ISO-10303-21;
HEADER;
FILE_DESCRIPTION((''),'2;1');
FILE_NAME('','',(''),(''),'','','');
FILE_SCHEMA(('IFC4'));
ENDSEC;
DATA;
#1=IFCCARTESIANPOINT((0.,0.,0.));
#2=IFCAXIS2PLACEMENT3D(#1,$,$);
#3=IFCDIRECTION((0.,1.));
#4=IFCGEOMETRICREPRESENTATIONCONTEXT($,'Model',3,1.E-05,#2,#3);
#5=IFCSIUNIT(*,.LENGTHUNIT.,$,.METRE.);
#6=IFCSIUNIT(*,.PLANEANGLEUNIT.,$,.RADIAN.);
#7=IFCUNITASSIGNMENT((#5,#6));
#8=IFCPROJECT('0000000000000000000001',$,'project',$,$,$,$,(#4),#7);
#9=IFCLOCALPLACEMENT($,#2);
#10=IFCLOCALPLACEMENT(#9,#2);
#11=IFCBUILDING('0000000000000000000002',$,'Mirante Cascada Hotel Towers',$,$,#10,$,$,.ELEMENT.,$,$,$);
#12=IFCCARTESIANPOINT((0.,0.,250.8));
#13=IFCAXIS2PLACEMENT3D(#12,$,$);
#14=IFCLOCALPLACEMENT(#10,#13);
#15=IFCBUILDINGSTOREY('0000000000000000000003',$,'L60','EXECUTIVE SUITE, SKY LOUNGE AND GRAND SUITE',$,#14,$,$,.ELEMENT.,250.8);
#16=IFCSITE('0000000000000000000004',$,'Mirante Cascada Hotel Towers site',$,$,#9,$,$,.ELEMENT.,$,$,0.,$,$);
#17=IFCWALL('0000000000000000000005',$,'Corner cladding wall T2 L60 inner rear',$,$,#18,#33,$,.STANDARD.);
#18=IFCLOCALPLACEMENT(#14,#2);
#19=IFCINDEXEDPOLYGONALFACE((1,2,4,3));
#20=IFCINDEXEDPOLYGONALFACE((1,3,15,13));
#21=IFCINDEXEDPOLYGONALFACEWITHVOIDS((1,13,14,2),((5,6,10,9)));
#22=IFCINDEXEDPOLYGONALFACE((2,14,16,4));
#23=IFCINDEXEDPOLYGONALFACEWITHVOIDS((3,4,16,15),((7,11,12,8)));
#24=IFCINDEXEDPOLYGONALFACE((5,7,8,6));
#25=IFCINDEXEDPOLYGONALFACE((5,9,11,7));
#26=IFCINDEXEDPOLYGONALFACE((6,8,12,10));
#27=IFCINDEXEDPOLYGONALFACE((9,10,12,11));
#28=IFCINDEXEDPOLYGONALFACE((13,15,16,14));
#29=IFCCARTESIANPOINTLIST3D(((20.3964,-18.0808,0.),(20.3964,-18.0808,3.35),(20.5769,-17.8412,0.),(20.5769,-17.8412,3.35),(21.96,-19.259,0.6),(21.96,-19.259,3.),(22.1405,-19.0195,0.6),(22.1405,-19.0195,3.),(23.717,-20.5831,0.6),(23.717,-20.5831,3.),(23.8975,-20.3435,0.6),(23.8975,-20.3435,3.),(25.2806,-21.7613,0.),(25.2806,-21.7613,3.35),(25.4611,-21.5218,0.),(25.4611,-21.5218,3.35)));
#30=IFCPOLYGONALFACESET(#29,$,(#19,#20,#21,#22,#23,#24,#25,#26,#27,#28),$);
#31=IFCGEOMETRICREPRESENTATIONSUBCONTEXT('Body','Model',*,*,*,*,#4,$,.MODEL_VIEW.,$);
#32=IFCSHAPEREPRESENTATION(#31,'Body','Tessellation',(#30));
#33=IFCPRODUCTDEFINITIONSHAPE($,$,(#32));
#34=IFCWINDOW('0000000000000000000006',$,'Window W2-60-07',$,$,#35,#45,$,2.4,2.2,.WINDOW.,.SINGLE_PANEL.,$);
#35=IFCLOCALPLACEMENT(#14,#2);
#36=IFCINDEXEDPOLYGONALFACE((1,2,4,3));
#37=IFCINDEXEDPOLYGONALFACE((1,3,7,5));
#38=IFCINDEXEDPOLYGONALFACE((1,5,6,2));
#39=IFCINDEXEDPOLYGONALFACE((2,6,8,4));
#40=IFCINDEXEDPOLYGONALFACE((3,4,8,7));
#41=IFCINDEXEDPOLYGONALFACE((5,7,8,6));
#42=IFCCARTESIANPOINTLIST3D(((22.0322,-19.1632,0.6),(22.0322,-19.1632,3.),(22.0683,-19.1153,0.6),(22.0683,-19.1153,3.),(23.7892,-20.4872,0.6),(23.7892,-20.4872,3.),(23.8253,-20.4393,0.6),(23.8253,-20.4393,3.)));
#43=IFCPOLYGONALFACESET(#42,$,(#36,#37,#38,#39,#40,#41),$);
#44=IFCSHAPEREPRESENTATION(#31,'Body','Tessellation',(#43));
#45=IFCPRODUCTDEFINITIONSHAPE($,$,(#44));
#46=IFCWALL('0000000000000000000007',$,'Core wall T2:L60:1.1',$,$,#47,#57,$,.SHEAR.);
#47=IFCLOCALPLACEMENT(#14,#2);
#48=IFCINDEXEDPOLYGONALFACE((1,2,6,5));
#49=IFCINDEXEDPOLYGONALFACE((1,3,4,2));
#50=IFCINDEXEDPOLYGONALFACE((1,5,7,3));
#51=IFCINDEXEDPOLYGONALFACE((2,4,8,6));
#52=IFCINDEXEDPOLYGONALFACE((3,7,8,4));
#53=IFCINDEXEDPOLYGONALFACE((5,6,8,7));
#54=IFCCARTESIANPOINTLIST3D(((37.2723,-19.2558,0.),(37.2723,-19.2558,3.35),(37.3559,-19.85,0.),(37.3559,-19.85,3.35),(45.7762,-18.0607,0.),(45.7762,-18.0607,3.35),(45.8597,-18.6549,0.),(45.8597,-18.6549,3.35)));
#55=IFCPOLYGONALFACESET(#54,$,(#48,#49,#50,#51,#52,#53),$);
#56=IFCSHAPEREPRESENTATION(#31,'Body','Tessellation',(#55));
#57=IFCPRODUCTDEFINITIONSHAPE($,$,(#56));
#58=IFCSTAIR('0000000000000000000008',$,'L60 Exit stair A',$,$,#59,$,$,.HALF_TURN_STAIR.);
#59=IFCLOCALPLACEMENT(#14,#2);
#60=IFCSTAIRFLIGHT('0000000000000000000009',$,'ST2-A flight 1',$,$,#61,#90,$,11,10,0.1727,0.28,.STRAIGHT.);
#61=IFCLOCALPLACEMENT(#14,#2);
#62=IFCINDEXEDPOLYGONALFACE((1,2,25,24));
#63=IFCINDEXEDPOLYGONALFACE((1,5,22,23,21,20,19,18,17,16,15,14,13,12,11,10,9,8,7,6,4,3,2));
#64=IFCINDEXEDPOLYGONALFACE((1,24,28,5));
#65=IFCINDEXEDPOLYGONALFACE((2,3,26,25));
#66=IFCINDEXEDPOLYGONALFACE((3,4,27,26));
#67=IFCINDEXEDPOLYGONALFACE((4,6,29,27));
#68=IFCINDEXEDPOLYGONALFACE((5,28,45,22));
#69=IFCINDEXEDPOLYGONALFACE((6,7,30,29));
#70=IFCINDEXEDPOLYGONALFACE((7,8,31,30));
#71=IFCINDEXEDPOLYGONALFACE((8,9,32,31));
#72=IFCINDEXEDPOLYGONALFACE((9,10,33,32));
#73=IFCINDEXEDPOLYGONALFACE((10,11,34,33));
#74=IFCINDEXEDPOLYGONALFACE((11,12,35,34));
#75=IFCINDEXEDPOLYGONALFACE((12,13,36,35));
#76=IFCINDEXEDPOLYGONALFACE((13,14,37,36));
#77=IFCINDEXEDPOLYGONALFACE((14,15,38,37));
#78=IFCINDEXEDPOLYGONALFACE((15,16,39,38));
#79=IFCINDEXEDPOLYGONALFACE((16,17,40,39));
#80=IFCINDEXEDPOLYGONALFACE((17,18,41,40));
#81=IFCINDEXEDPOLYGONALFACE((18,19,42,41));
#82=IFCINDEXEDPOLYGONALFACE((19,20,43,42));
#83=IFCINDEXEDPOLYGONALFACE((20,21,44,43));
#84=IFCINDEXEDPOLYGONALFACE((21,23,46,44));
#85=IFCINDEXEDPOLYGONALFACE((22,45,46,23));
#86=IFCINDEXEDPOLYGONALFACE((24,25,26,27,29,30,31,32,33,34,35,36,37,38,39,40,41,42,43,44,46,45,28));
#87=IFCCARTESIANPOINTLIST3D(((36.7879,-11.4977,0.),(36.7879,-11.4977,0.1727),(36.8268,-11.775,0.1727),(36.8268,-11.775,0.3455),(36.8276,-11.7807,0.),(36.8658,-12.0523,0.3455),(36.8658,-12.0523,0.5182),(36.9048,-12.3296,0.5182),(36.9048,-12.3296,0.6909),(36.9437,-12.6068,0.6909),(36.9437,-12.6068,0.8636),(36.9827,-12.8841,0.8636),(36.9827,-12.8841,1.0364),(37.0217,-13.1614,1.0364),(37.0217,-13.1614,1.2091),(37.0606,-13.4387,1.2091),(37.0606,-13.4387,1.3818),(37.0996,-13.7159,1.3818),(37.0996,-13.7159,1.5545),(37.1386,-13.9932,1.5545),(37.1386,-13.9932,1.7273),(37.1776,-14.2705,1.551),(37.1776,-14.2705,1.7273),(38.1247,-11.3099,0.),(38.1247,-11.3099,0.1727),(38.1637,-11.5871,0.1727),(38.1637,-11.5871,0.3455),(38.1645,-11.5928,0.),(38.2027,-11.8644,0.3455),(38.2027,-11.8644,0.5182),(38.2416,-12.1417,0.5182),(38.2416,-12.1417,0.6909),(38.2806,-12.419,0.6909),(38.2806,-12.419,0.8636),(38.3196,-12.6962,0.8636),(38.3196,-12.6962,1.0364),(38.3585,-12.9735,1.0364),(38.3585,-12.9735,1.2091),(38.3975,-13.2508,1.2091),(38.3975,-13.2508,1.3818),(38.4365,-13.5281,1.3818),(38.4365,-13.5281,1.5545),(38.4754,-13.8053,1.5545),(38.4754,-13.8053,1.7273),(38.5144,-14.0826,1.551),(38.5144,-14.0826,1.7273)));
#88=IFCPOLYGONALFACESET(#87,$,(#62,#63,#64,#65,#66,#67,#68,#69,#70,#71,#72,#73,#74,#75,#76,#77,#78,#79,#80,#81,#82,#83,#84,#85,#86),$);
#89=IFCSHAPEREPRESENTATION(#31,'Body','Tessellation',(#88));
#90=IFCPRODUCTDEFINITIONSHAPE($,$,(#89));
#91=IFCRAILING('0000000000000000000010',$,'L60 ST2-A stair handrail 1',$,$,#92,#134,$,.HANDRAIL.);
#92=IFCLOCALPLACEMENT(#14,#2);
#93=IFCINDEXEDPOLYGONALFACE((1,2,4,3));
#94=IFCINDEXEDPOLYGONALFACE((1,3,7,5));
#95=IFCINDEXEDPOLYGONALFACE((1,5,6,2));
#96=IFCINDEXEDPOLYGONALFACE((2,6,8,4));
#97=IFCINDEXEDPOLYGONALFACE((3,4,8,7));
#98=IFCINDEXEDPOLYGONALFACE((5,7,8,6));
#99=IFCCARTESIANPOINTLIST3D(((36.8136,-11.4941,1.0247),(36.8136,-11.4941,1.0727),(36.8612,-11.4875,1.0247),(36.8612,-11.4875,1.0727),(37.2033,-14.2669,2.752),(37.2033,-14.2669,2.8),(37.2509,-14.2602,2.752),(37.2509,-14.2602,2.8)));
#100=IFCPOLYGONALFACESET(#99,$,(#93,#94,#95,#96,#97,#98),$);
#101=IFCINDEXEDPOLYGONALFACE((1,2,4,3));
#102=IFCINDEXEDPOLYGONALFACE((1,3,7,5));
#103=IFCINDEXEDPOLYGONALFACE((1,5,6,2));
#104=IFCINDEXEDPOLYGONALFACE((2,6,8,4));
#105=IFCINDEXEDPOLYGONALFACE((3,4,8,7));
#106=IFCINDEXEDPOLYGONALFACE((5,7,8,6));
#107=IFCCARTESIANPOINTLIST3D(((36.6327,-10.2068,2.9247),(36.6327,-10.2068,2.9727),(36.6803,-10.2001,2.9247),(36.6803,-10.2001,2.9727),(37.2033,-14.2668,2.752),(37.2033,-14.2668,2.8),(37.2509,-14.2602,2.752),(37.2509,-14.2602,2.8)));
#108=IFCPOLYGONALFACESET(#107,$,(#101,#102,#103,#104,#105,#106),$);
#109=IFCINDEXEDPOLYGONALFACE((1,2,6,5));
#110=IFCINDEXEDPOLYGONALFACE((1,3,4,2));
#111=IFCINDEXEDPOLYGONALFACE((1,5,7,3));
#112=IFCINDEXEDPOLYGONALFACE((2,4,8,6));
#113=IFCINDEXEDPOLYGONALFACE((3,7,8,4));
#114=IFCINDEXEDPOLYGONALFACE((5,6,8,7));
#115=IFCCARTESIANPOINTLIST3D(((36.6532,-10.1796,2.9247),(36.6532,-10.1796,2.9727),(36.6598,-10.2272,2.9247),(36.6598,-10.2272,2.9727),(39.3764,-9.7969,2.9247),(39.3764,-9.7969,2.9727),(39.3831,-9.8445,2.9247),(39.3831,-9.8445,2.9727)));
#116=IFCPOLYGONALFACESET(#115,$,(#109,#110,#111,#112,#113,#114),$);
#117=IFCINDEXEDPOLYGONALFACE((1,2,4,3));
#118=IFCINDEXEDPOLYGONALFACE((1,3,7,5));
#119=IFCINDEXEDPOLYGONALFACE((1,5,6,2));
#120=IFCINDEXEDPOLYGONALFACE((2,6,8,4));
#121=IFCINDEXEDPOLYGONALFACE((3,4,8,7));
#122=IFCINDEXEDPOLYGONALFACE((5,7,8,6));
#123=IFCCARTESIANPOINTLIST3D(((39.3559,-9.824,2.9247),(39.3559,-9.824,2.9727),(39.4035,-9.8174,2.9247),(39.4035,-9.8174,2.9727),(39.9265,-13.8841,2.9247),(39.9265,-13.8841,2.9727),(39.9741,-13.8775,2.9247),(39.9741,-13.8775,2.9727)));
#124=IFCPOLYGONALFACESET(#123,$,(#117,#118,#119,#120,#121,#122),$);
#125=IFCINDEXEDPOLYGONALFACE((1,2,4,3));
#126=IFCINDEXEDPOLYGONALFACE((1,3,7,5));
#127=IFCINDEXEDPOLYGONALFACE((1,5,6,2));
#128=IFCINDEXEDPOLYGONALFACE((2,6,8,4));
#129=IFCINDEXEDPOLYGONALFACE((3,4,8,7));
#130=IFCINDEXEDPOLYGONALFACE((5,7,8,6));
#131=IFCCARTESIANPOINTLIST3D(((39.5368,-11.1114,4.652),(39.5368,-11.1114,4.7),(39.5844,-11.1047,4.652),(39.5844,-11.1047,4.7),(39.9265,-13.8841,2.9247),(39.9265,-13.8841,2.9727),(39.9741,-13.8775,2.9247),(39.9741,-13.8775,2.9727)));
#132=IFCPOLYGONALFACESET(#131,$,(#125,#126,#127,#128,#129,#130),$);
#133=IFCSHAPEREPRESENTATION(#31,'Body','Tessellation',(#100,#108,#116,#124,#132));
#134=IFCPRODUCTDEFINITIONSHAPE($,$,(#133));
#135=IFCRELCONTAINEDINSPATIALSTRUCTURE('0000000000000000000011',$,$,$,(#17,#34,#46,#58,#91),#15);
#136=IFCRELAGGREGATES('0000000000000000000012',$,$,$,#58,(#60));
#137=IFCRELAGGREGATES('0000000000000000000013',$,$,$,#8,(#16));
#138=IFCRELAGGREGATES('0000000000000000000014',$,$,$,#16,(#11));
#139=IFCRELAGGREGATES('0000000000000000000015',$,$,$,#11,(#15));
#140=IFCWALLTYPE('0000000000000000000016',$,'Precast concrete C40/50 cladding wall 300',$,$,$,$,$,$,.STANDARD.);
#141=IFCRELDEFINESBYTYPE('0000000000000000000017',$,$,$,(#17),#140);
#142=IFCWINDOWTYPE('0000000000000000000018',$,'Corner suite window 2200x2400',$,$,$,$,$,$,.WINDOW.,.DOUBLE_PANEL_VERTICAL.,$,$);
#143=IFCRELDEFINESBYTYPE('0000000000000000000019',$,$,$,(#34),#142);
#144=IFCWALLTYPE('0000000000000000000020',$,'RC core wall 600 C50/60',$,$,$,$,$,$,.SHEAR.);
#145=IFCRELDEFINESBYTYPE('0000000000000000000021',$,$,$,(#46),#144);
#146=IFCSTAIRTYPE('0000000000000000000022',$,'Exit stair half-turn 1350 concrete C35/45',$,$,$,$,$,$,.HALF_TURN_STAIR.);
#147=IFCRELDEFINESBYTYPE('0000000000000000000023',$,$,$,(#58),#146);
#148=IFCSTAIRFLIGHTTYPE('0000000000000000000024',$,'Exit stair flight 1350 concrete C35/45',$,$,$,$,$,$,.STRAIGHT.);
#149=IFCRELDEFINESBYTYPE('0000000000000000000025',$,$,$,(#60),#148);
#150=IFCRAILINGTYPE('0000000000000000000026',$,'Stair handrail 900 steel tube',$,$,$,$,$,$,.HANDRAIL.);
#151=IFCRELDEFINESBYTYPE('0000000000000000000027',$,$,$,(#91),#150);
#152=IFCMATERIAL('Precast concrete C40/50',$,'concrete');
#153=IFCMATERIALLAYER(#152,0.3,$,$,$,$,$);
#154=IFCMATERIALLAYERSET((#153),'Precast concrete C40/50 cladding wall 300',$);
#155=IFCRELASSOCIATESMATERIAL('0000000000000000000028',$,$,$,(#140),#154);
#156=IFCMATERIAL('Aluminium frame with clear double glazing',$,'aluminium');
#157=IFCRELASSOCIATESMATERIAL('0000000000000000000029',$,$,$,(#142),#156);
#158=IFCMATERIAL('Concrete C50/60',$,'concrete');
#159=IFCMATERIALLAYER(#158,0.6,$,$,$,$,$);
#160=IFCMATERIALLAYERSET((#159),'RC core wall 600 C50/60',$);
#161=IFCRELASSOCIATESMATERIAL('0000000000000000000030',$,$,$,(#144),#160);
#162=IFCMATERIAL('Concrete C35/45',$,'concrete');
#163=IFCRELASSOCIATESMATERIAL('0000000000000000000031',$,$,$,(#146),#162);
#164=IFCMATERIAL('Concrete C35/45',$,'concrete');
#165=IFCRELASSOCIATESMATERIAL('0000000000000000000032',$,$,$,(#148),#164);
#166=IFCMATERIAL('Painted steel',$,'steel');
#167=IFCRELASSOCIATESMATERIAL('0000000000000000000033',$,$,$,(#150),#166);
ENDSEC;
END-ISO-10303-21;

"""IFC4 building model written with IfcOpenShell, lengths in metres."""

from ifc_helpers import new_model, si_unit, direction, frame, frame_2d, origin, origin_2d, place, context, subcontext, project, spatial, polyline, rectangle, outline, extrude, material, layer, layer_set, type_object, element, fill, aggregate, save


model = new_model("IFC4")

# Units and contexts
model_context = context("Model", 3, precision=1e-05, world=origin(), true_north=direction((0.0, 1.0)))
body_context = subcontext(model_context, "Body", "Model", "MODEL_VIEW")
ifc_project = project(units=[si_unit("LENGTHUNIT", "METRE"), si_unit("PLANEANGLEUNIT", "RADIAN")], contexts=[model_context])

# Site, building, storey
site_placement = place(None, origin())
site = spatial("IfcSite", under=ifc_project, at=site_placement, Name="Mirante Cascada Hotel Towers site", CompositionType="ELEMENT", RefElevation=0.0)
building_placement = place(site_placement, origin())
building = spatial("IfcBuilding", under=site, at=building_placement, Name="Mirante Cascada Hotel Towers", CompositionType="ELEMENT")
storey_placement = place(building_placement, frame((0.0, 0.0, 250.8)))
storey = spatial("IfcBuildingStorey", under=building, at=storey_placement, Name="L60", Description="EXECUTIVE SUITE, SKY LOUNGE AND GRAND SUITE", CompositionType="ELEMENT", Elevation=250.8)

# Shared definitions
ifc_material_1 = material(Name="Precast concrete C40/50", Category="concrete")
ifc_layer_1 = layer(ifc_material_1, 0.3)
ifc_layer_set_1 = layer_set([ifc_layer_1], Name="Precast concrete C40/50 cladding wall 300")
wall_type_1 = type_object("IfcWallType", Name="Precast concrete C40/50 cladding wall 300", PredefinedType="STANDARD", material=ifc_layer_set_1)

# Wall, opening, window
wall_1_placement = place(storey_placement, frame((20.4867, -17.961, 0.0), z_axis=(0.0, 0.0, 1.0), x_axis=(0.798628, -0.601824, 0.0)))
wall_1 = element("IfcWall", 1, at=wall_1_placement, inside=storey, type_object=wall_type_1, Name="Corner cladding wall T2 L60 inner rear", PredefinedType="STANDARD", context=body_context, shape_type="SweptSolid", body=[
    extrude(rectangle(XDim=6.1157, YDim=0.3, at=frame_2d((3.0578, 0.0))), origin(), (0.0, 0.0, 1.0), 3.35),
])
opening_1_placement = place(wall_1_placement, frame((1.9578, 0.0, 0.6)))
opening_1 = element("IfcOpeningElement", 2, at=opening_1_placement, cuts=wall_1, PredefinedType="OPENING", context=body_context, shape_type="SweptSolid", body=[
    extrude(rectangle(XDim=2.2, YDim=2.4, at=frame_2d((1.1, 1.2))), frame((0.0, 0.15, 0.0), z_axis=(0.0, -1.0, 0.0), x_axis=(1.0, 0.0, 0.0)), (0.0, 0.0, 1.0), 0.3),
])
ifc_material_2 = material(Name="Aluminium frame with clear double glazing", Category="aluminium")
window_type_1 = type_object("IfcWindowType", Name="Corner suite window 2200x2400", PartitioningType="DOUBLE_PANEL_VERTICAL", PredefinedType="WINDOW", material=ifc_material_2)
window_1_placement = place(opening_1_placement, origin())
window_1 = element("IfcWindow", 3, at=window_1_placement, inside=storey, type_object=window_type_1, Name="Window W2-60-07", OverallHeight=2.4, OverallWidth=2.2, PartitioningType="SINGLE_PANEL", PredefinedType="WINDOW", context=body_context, shape_type="SweptSolid", body=[
    extrude(rectangle(XDim=2.2, YDim=2.4, at=frame_2d((1.1, 1.2))), frame((0.0, 0.03, 0.0), z_axis=(0.0, -1.0, 0.0), x_axis=(1.0, 0.0, 0.0)), (0.0, 0.0, 1.0), 0.06),
])
fill(opening_1, window_1)

# Wall
ifc_material_3 = material(Name="Concrete C50/60", Category="concrete")
ifc_layer_2 = layer(ifc_material_3, 0.6)
ifc_layer_set_2 = layer_set([ifc_layer_2], Name="RC core wall 600 C50/60")
wall_type_2 = type_object("IfcWallType", Name="RC core wall 600 C50/60", PredefinedType="SHEAR", material=ifc_layer_set_2)
wall_2_placement = place(storey_placement, frame((37.3141, -19.5529, 0.0), z_axis=(0.0, 0.0, 1.0), x_axis=(0.990269, 0.13917, 0.0)))
element("IfcWall", 4, at=wall_2_placement, inside=storey, type_object=wall_type_2, Name="Core wall T2:L60:1.1", PredefinedType="SHEAR", context=body_context, shape_type="SweptSolid", body=[
    extrude(rectangle(XDim=8.5874, YDim=0.6, at=frame_2d((4.2937, 0.0))), origin(), (0.0, 0.0, 1.0), 3.35),
])

# Stair, stair flight
ifc_material_4 = material(Name="Concrete C35/45", Category="concrete")
stair_type = type_object("IfcStairType", Name="Exit stair half-turn 1350 concrete C35/45", PredefinedType="HALF_TURN_STAIR", material=ifc_material_4)
stair_placement = place(storey_placement, origin())
stair = element("IfcStair", 5, at=stair_placement, inside=storey, type_object=stair_type, Name="L60 Exit stair A", PredefinedType="HALF_TURN_STAIR")
ifc_material_5 = material(Name="Concrete C35/45", Category="concrete")
stair_flight_type = type_object("IfcStairFlightType", Name="Exit stair flight 1350 concrete C35/45", PredefinedType="STRAIGHT", material=ifc_material_5)
stair_flight_placement = place(storey_placement, frame((37.4563, -11.4038, 0.0), z_axis=(0.0, 0.0, 1.0), x_axis=(0.139173, -0.990268, 0.0)))
stair_flight = element("IfcStairFlight", 6, at=stair_flight_placement, type_object=stair_flight_type, Name="ST2-A flight 1", NumberOfRisers=11, NumberOfTreads=10, PredefinedType="STRAIGHT", RiserHeight=0.1727, TreadLength=0.28, context=body_context, shape_type="SweptSolid", body=[
    extrude(outline(polyline([(0.0, 0.0), (0.0, 0.1727), (0.28, 0.1727), (0.28, 0.3455), (0.56, 0.3455), (0.56, 0.5182), (0.84, 0.5182), (0.84, 0.6909), (1.12, 0.6909), (1.12, 0.8636), (1.4, 0.8636), (1.4, 1.0364), (1.68, 1.0364), (1.68, 1.2091), (1.96, 1.2091), (1.96, 1.3818), (2.24, 1.3818), (2.24, 1.5545), (2.52, 1.5545), (2.52, 1.7273), (2.8, 1.7273), (2.8, 1.9), (2.8, 1.551), (0.2857, 0.0), (0.0, 0.0)])), frame((0.0, 0.675, 0.0), z_axis=(0.0, -1.0, 0.0), x_axis=(1.0, 0.0, 0.0)), (0.0, 0.0, 1.0), 1.35),
])
aggregate(stair, [stair_flight])

# Railing
ifc_material_6 = material(Name="Painted steel", Category="steel")
railing_type = type_object("IfcRailingType", Name="Stair handrail 900 steel tube", PredefinedType="HANDRAIL", material=ifc_material_6)
railing_placement = place(storey_placement, frame((36.8374, -11.4908, 0.1727)))
element("IfcRailing", 7, at=railing_placement, inside=storey, type_object=railing_type, Name="L60 ST2-A stair handrail 1", PredefinedType="HANDRAIL", context=body_context, shape_type="SweptSolid", body=[
    extrude(rectangle(XDim=0.048, YDim=0.048, at=origin_2d()), frame((0.0, 0.0, 0.876), z_axis=(0.139181, -0.990267, 0.0), x_axis=(0.990267, 0.139181, 0.0)), (0.0, 0.525035, 0.851081), 3.2899),
    extrude(rectangle(XDim=0.048, YDim=0.048, at=origin_2d()), frame((0.3897, -2.7727, 2.6033), z_axis=(-0.139171, 0.990268, 0.0), x_axis=(-0.990268, -0.139171, 0.0)), (0.0, 0.042085, 0.999114), 4.1036),
    extrude(rectangle(XDim=0.048, YDim=0.048, at=origin_2d()), frame((-0.1809, 1.2874, 2.776), z_axis=(0.990269, 0.139166, 0.0), x_axis=(-0.139166, 0.990269, 0.0)), (0.0, 0.0, 1.0), 2.75),
    extrude(rectangle(XDim=0.048, YDim=0.048, at=origin_2d()), frame((2.5423, 1.6701, 2.776), z_axis=(0.139171, -0.990268, 0.0), x_axis=(0.990268, 0.139171, 0.0)), (0.0, 0.0, 1.0), 4.1),
    extrude(rectangle(XDim=0.048, YDim=0.048, at=origin_2d()), frame((3.1129, -2.39, 2.776), z_axis=(-0.139181, 0.990267, 0.0), x_axis=(-0.990267, -0.139181, 0.0)), (0.0, 0.525035, 0.851081), 3.2899),
])

save(model, "model.ifc")
